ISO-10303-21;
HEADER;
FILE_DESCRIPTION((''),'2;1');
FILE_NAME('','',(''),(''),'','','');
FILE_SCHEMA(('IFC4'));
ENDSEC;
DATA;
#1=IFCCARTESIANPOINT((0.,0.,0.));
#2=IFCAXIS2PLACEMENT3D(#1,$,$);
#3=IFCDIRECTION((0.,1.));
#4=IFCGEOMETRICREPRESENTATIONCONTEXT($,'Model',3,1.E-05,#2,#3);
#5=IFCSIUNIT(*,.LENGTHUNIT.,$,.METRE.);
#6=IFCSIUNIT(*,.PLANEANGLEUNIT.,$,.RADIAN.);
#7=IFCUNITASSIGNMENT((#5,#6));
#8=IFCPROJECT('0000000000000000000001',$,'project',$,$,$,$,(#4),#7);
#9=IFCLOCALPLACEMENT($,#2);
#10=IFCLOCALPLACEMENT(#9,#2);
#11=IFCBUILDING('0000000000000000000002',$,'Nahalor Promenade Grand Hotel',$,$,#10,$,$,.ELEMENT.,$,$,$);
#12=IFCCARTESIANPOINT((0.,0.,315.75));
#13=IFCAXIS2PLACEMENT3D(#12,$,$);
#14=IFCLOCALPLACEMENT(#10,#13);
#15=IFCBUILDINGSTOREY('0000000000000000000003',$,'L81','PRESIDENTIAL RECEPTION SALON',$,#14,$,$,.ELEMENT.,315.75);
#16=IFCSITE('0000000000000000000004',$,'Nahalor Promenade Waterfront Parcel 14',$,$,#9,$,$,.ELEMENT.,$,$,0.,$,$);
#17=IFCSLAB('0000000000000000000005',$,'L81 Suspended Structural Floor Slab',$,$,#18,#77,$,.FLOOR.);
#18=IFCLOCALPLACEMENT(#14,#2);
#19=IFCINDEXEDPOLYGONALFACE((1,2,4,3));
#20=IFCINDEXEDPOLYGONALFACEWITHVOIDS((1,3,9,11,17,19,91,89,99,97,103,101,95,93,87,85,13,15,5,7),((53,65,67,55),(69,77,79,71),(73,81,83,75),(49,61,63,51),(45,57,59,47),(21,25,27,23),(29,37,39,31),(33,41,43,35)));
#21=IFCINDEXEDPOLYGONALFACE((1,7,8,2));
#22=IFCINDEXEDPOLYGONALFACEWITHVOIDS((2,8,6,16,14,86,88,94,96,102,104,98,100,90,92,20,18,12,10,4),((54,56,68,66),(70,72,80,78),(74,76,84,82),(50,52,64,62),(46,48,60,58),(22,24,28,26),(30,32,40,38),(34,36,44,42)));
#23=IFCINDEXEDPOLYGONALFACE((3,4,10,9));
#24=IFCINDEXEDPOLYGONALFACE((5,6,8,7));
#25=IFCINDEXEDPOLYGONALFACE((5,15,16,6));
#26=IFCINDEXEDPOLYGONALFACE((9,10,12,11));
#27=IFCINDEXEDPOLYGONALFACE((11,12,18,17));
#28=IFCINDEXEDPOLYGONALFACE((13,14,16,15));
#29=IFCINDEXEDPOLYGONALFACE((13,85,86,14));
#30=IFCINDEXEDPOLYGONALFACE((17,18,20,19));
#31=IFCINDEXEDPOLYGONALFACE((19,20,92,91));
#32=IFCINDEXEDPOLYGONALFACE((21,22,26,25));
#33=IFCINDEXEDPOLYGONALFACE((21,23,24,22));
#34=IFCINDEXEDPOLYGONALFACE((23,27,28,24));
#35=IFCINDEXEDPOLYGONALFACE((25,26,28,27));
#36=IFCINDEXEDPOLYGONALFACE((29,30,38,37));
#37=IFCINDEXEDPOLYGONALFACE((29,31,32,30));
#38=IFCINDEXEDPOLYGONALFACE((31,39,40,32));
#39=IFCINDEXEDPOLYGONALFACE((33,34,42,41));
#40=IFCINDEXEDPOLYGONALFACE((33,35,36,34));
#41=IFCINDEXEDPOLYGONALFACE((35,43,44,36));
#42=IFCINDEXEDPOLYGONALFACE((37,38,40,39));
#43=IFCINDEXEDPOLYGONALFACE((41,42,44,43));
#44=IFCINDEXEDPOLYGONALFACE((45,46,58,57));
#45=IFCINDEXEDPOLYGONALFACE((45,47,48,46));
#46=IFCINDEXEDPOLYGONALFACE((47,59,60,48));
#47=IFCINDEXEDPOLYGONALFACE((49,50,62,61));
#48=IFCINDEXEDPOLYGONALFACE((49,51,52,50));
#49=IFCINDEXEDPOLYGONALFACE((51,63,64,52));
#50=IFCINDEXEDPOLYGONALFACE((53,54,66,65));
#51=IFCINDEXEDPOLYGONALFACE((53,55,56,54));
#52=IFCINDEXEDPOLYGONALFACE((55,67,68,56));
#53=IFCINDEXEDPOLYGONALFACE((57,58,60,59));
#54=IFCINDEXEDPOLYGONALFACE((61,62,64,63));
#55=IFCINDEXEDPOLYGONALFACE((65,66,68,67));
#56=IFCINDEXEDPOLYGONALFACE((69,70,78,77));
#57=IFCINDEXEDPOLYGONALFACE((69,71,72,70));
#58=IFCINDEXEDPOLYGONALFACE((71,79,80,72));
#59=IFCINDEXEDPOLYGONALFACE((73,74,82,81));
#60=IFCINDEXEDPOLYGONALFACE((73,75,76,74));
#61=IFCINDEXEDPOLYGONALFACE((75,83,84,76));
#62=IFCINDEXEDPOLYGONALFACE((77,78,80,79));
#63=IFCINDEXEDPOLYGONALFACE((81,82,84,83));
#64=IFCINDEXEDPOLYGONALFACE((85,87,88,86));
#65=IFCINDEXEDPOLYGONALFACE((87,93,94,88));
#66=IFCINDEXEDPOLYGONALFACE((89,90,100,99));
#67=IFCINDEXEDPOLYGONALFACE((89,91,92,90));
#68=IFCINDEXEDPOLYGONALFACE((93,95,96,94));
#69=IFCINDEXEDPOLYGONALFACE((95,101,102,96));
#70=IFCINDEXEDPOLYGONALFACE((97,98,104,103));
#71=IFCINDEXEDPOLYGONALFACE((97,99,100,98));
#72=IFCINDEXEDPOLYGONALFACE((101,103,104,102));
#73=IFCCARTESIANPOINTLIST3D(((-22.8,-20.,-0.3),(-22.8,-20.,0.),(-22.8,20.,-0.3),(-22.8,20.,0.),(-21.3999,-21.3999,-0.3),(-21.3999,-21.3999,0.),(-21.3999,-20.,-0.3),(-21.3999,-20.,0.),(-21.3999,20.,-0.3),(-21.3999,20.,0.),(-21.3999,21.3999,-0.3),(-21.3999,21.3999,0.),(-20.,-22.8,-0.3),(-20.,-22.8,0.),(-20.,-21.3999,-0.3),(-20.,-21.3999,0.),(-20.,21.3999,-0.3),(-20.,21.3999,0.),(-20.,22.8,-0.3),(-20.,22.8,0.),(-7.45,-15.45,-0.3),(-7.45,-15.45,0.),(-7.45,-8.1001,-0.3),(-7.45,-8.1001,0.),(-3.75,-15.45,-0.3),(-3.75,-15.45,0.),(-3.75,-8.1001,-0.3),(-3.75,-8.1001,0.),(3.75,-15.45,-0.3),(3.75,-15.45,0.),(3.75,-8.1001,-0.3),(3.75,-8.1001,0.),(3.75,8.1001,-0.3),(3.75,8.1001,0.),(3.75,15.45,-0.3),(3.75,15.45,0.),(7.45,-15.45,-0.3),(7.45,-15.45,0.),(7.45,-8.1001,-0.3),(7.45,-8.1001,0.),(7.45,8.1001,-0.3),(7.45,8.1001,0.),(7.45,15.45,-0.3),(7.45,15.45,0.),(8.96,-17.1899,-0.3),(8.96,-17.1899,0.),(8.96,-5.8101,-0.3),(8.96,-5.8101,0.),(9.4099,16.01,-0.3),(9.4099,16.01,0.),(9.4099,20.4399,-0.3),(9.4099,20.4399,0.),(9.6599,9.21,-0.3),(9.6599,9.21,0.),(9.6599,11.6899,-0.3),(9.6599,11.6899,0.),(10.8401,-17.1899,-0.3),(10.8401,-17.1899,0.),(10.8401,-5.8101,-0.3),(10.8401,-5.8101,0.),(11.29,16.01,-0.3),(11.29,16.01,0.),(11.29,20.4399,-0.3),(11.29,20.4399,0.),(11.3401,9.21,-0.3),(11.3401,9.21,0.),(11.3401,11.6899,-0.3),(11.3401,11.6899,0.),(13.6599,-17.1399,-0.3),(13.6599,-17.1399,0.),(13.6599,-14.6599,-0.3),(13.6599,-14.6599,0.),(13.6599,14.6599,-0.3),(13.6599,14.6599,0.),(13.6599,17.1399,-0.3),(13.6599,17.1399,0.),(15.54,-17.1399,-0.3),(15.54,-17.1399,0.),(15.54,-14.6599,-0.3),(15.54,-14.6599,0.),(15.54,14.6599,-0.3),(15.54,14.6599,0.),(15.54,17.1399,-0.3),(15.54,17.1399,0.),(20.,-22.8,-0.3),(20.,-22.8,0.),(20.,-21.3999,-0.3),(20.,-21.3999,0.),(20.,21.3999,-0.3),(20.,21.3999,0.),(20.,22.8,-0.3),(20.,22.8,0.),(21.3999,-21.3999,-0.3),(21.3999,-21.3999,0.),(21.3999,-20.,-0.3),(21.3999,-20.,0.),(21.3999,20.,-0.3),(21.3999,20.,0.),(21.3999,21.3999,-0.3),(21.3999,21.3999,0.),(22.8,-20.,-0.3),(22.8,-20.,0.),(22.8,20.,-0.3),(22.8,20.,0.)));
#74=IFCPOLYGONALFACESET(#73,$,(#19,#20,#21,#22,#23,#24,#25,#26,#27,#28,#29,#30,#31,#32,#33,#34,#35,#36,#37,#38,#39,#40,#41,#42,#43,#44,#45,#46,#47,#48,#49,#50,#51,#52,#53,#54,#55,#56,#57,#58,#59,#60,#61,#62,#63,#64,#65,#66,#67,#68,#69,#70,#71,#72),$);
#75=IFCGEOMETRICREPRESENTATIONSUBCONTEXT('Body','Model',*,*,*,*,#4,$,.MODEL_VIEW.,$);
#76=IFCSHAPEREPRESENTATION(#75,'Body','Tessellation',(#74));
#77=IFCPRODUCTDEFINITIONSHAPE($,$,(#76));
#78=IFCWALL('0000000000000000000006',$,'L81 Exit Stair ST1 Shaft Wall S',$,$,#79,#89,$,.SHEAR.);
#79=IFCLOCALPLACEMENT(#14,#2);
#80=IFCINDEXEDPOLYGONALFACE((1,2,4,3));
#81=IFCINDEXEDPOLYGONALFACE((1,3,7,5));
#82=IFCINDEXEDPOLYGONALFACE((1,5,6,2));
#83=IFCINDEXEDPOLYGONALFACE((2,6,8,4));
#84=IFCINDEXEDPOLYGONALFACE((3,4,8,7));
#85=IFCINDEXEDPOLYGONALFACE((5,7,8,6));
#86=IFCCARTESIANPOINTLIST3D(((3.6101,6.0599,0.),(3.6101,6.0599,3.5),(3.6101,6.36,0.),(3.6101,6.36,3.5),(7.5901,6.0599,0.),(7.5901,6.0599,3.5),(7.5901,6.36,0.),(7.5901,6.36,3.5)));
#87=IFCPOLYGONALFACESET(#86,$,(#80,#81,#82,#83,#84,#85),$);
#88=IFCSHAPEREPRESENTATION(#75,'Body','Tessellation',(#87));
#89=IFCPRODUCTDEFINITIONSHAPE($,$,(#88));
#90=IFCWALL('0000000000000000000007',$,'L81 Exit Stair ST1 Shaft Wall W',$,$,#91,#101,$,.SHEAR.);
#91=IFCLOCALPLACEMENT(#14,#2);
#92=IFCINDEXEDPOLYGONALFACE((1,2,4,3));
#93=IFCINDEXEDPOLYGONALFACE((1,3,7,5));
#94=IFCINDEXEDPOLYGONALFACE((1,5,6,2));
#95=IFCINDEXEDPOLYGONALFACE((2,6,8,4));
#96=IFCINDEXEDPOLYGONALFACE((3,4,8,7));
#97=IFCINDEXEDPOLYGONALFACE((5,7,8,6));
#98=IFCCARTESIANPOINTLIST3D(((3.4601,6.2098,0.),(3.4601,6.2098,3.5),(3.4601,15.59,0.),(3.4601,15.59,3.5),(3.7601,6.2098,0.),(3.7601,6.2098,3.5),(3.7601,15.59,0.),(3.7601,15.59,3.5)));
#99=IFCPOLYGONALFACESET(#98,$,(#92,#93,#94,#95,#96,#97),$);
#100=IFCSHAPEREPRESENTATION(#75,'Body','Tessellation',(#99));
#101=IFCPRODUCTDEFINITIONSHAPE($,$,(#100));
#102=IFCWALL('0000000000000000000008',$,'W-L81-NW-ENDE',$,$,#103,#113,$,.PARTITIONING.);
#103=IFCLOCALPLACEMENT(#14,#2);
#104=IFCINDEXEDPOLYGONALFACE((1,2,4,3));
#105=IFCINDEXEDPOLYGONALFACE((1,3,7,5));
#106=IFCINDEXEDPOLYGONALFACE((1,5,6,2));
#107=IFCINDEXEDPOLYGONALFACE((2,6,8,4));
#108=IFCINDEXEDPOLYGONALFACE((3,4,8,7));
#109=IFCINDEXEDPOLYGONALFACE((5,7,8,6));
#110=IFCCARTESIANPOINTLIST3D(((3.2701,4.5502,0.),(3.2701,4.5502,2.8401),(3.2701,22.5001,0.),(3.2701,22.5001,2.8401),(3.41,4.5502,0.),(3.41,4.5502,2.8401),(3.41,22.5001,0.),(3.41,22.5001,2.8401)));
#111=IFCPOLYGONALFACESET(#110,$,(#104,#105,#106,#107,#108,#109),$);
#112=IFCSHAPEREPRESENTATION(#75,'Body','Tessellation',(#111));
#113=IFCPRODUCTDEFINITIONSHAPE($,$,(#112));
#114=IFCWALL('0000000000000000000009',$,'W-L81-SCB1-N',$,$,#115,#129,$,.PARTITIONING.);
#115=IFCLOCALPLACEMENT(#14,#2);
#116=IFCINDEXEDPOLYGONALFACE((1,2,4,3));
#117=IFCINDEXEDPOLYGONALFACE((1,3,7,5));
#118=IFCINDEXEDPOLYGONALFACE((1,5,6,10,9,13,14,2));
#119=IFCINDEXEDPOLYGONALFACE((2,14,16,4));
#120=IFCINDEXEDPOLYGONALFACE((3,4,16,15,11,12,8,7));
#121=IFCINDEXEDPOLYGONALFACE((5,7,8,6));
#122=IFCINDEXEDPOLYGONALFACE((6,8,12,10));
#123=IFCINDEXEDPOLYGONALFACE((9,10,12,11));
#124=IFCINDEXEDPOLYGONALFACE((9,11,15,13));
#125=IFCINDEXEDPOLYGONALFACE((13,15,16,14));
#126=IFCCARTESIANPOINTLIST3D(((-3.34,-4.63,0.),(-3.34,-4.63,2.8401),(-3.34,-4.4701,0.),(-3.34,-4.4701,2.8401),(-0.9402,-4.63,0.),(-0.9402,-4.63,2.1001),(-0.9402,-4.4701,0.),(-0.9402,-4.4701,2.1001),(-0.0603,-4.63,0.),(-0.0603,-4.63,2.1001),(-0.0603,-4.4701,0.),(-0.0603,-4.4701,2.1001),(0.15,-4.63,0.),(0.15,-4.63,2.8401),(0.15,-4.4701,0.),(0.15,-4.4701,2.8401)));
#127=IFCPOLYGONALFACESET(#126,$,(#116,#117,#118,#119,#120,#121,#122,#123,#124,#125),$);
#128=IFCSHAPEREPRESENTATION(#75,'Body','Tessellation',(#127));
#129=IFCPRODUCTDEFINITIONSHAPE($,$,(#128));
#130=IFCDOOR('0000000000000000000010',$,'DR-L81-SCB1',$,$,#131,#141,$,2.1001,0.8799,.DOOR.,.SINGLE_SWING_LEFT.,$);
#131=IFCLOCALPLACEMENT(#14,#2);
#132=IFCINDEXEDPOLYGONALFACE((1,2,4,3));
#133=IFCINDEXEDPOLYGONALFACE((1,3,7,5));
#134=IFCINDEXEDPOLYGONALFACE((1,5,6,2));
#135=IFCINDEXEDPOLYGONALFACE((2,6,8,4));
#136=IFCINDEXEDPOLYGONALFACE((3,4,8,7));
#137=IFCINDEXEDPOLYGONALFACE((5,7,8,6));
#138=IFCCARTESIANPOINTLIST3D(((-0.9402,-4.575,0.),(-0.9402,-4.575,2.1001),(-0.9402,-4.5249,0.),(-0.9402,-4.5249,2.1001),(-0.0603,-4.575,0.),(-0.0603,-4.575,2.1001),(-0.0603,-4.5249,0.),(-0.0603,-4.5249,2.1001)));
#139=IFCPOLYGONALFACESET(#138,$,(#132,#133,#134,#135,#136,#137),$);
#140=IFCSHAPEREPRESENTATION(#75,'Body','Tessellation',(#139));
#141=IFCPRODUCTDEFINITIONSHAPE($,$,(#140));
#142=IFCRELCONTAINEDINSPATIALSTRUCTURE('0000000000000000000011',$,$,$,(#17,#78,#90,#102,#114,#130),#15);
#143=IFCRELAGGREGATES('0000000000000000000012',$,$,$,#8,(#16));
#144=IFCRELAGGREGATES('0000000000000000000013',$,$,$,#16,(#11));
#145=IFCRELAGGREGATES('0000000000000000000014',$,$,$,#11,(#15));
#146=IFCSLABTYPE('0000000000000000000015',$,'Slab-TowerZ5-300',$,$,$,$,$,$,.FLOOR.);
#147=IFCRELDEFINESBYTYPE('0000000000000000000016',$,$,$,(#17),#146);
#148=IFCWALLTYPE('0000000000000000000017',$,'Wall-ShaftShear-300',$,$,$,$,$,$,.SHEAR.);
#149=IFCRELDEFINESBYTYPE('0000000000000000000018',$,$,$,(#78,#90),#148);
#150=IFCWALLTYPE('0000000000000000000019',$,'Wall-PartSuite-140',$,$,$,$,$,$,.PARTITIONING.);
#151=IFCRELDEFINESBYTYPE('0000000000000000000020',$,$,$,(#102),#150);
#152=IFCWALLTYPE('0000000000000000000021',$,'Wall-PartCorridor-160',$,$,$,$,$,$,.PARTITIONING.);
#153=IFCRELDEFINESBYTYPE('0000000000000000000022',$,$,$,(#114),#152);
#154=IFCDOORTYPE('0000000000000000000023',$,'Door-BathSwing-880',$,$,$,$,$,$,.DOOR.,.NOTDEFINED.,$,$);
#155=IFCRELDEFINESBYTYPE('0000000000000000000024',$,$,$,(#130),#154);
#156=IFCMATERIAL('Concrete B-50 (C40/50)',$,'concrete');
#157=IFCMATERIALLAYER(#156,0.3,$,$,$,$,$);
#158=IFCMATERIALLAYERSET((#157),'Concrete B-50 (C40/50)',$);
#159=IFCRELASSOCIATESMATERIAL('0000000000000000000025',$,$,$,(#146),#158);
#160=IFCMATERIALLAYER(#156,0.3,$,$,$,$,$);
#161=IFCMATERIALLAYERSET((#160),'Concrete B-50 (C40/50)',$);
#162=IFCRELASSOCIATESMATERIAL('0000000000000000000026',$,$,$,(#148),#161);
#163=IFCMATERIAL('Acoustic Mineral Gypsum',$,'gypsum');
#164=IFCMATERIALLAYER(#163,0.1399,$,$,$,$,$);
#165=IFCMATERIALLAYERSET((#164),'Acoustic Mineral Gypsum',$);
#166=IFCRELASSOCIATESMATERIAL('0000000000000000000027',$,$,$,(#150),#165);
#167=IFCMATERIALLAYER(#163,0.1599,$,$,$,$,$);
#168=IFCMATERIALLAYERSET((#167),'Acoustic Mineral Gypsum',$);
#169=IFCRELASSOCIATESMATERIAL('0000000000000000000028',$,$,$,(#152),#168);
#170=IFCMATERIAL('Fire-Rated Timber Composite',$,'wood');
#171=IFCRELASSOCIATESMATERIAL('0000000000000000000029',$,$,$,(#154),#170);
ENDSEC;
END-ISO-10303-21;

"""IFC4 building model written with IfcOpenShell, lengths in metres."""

from ifc_helpers import new_model, si_unit, direction, frame, frame_2d, origin, place, context, subcontext, project, spatial, polyline, rectangle, outline, extrude, source, transform, mapped, material, layer, layer_set, type_object, element, fill, save


model = new_model("IFC4")

# Units and contexts
model_context = context("Model", 3, precision=1e-05, world=origin(), true_north=direction((0.0, 1.0)))
body_context = subcontext(model_context, "Body", "Model", "MODEL_VIEW")
ifc_project = project(units=[si_unit("LENGTHUNIT", "METRE"), si_unit("PLANEANGLEUNIT", "RADIAN")], contexts=[model_context])

# Site, building, storey
site_placement = place(None, origin())
site = spatial("IfcSite", under=ifc_project, at=site_placement, Name="Nahalor Promenade Waterfront Parcel 14", CompositionType="ELEMENT", RefElevation=0.0)
building_placement = place(site_placement, origin())
building = spatial("IfcBuilding", under=site, at=building_placement, Name="Nahalor Promenade Grand Hotel", CompositionType="ELEMENT")
storey_placement = place(building_placement, frame((0.0, 0.0, 315.75)))
storey = spatial("IfcBuildingStorey", under=building, at=storey_placement, Name="L81", Description="PRESIDENTIAL RECEPTION SALON", CompositionType="ELEMENT", Elevation=315.75)

# Shared definitions
ifc_material_1 = material(Name="Concrete B-50 (C40/50)", Category="concrete")

# Slab
ifc_layer_1 = layer(ifc_material_1, 0.3)
ifc_layer_set_1 = layer_set([ifc_layer_1], Name="Concrete B-50 (C40/50)")
slab_type_1 = type_object("IfcSlabType", Name="Slab-TowerZ5-300", PredefinedType="FLOOR", material=ifc_layer_set_1)
slab_1_placement = place(storey_placement, frame((0.0, 0.0, -0.3)))
element("IfcSlab", 1, at=slab_1_placement, inside=storey, type_object=slab_type_1, Name="L81 Suspended Structural Floor Slab", PredefinedType="FLOOR", context=body_context, shape_type="SweptSolid", body=[
    extrude(outline(polyline([(-20.0, -22.8), (20.0, -22.8), (20.0, -21.3999), (21.3999, -21.3999), (21.3999, -20.0), (22.8, -20.0), (22.8, 20.0), (21.3999, 20.0), (21.3999, 21.3999), (20.0, 21.3999), (20.0, 22.8), (-20.0, 22.8), (-20.0, 21.3999), (-21.3999, 21.3999), (-21.3999, 20.0), (-22.8, 20.0), (-22.8, -20.0), (-21.3999, -20.0), (-21.3999, -21.3999), (-20.0, -21.3999), (-20.0, -22.8)]), holes=[polyline([(3.75, 8.1001), (7.45, 8.1001), (7.45, 15.45), (3.75, 15.45), (3.75, 8.1001)]), polyline([(3.75, -15.45), (7.45, -15.45), (7.45, -8.1001), (3.75, -8.1001), (3.75, -15.45)]), polyline([(-7.45, -15.45), (-3.75, -15.45), (-3.75, -8.1001), (-7.45, -8.1001), (-7.45, -15.45)]), polyline([(8.96, -17.1899), (10.8401, -17.1899), (10.8401, -5.8101), (8.96, -5.8101), (8.96, -17.1899)]), polyline([(9.4099, 16.01), (11.29, 16.01), (11.29, 20.4399), (9.4099, 20.4399), (9.4099, 16.01)]), polyline([(9.6599, 9.21), (11.3401, 9.21), (11.3401, 11.6899), (9.6599, 11.6899), (9.6599, 9.21)]), polyline([(13.6599, 14.6599), (15.54, 14.6599), (15.54, 17.1399), (13.6599, 17.1399), (13.6599, 14.6599)]), polyline([(13.6599, -17.1399), (15.54, -17.1399), (15.54, -14.6599), (13.6599, -14.6599), (13.6599, -17.1399)])]), origin(), (0.0, 0.0, 1.0), 0.3),
])

# Walls
ifc_layer_2 = layer(ifc_material_1, 0.3)
ifc_layer_set_2 = layer_set([ifc_layer_2], Name="Concrete B-50 (C40/50)")
wall_type_1 = type_object("IfcWallType", Name="Wall-ShaftShear-300", PredefinedType="SHEAR", material=ifc_layer_set_2)
shared_shape_1 = source(origin(), body_context, "Body", "SweptSolid", [
    extrude(rectangle(XDim=3.98, YDim=0.3, at=frame_2d((1.99, 0.0))), origin(), (0.0, 0.0, 1.0), 3.5),
])
wall_1_placement = place(storey_placement, frame((3.6101, 6.21, 0.0), z_axis=(0.0, 0.0, 1.0), x_axis=(1.0, 0.0, 0.0)))
element("IfcWall", 2, at=wall_1_placement, inside=storey, type_object=wall_type_1, Name="L81 Exit Stair ST1 Shaft Wall S", PredefinedType="SHEAR", context=body_context, shape_type="MappedRepresentation", body=[
    mapped(shared_shape_1, transform((0.0, 0.0, 0.0), scale=1.0)),
])
shared_shape_2 = source(origin(), body_context, "Body", "SweptSolid", [
    extrude(rectangle(XDim=9.3801, YDim=0.3, at=frame_2d((4.6899, 0.0))), origin(), (0.0, 0.0, 1.0), 3.5),
])
wall_2_placement = place(storey_placement, frame((3.6101, 6.21, 0.0), z_axis=(0.0, 0.0, 1.0), x_axis=(0.0, 1.0, 0.0)))
element("IfcWall", 3, at=wall_2_placement, inside=storey, type_object=wall_type_1, Name="L81 Exit Stair ST1 Shaft Wall W", PredefinedType="SHEAR", context=body_context, shape_type="MappedRepresentation", body=[
    mapped(shared_shape_2, transform((0.0, 0.0, 0.0), scale=1.0)),
])
ifc_material_2 = material(Name="Acoustic Mineral Gypsum", Category="gypsum")
ifc_layer_3 = layer(ifc_material_2, 0.1399)
ifc_layer_set_3 = layer_set([ifc_layer_3], Name="Acoustic Mineral Gypsum")
wall_type_2 = type_object("IfcWallType", Name="Wall-PartSuite-140", PredefinedType="PARTITIONING", material=ifc_layer_set_3)
shared_shape_3 = source(origin(), body_context, "Body", "SweptSolid", [
    extrude(rectangle(XDim=17.95, YDim=0.1399, at=frame_2d((8.9751, 0.0))), origin(), (0.0, 0.0, 1.0), 2.8401),
])
wall_3_placement = place(storey_placement, frame((3.3401, 4.55, 0.0), z_axis=(0.0, 0.0, 1.0), x_axis=(0.0, 1.0, 0.0)))
element("IfcWall", 4, at=wall_3_placement, inside=storey, type_object=wall_type_2, Name="W-L81-NW-ENDE", PredefinedType="PARTITIONING", context=body_context, shape_type="MappedRepresentation", body=[
    mapped(shared_shape_3, transform((0.0, 0.0, 0.0), scale=1.0)),
])

# Wall, opening, door
ifc_layer_4 = layer(ifc_material_2, 0.1599)
ifc_layer_set_4 = layer_set([ifc_layer_4], Name="Acoustic Mineral Gypsum")
wall_type_3 = type_object("IfcWallType", Name="Wall-PartCorridor-160", PredefinedType="PARTITIONING", material=ifc_layer_set_4)
shared_shape_4 = source(origin(), body_context, "Body", "SweptSolid", [
    extrude(rectangle(XDim=3.49, YDim=0.1599, at=frame_2d((1.7451, 0.0))), origin(), (0.0, 0.0, 1.0), 2.8401),
])
wall_4_placement = place(storey_placement, frame((-3.3401, -4.55, 0.0), z_axis=(0.0, 0.0, 1.0), x_axis=(1.0, 0.0, 0.0)))
wall_4 = element("IfcWall", 5, at=wall_4_placement, inside=storey, type_object=wall_type_3, Name="W-L81-SCB1-N", PredefinedType="PARTITIONING", context=body_context, shape_type="MappedRepresentation", body=[
    mapped(shared_shape_4, transform((0.0, 0.0, 0.0), scale=1.0)),
])
opening_1_placement = place(wall_4_placement, frame((2.3999, 0.0, 0.0)))
opening_1 = element("IfcOpeningElement", 6, at=opening_1_placement, cuts=wall_4, PredefinedType="OPENING", context=body_context, shape_type="SweptSolid", body=[
    extrude(rectangle(XDim=0.8799, YDim=2.1001, at=frame_2d((0.4399, 1.05))), frame((0.0, 0.0898, 0.0), z_axis=(0.0, -1.0, 0.0), x_axis=(1.0, 0.0, 0.0)), (0.0, 0.0, 1.0), 0.1799),
])
ifc_material_3 = material(Name="Fire-Rated Timber Composite", Category="wood")
door_type_1 = type_object("IfcDoorType", Name="Door-BathSwing-880", OperationType="NOTDEFINED", PredefinedType="DOOR", material=ifc_material_3)
shared_shape_5 = source(origin(), body_context, "Body", "SweptSolid", [
    extrude(rectangle(XDim=0.8799, YDim=2.1001, at=frame_2d((0.4399, 1.05))), frame((0.0, 0.0249, 0.0), z_axis=(0.0, -1.0, 0.0), x_axis=(1.0, 0.0, 0.0)), (0.0, 0.0, 1.0), 0.05),
])
door_1_placement = place(opening_1_placement, frame((0.8799, 0.0, 0.0), z_axis=(0.0, 0.0, 1.0), x_axis=(-1.0, 0.0, 0.0)))
door_1 = element("IfcDoor", 7, at=door_1_placement, inside=storey, type_object=door_type_1, Name="DR-L81-SCB1", OperationType="SINGLE_SWING_LEFT", OverallHeight=2.1001, OverallWidth=0.8799, PredefinedType="DOOR", context=body_context, shape_type="MappedRepresentation", body=[
    mapped(shared_shape_5, transform((0.0, 0.0, 0.0), scale=1.0)),
])
fill(opening_1, door_1)

save(model, "model.ifc")
